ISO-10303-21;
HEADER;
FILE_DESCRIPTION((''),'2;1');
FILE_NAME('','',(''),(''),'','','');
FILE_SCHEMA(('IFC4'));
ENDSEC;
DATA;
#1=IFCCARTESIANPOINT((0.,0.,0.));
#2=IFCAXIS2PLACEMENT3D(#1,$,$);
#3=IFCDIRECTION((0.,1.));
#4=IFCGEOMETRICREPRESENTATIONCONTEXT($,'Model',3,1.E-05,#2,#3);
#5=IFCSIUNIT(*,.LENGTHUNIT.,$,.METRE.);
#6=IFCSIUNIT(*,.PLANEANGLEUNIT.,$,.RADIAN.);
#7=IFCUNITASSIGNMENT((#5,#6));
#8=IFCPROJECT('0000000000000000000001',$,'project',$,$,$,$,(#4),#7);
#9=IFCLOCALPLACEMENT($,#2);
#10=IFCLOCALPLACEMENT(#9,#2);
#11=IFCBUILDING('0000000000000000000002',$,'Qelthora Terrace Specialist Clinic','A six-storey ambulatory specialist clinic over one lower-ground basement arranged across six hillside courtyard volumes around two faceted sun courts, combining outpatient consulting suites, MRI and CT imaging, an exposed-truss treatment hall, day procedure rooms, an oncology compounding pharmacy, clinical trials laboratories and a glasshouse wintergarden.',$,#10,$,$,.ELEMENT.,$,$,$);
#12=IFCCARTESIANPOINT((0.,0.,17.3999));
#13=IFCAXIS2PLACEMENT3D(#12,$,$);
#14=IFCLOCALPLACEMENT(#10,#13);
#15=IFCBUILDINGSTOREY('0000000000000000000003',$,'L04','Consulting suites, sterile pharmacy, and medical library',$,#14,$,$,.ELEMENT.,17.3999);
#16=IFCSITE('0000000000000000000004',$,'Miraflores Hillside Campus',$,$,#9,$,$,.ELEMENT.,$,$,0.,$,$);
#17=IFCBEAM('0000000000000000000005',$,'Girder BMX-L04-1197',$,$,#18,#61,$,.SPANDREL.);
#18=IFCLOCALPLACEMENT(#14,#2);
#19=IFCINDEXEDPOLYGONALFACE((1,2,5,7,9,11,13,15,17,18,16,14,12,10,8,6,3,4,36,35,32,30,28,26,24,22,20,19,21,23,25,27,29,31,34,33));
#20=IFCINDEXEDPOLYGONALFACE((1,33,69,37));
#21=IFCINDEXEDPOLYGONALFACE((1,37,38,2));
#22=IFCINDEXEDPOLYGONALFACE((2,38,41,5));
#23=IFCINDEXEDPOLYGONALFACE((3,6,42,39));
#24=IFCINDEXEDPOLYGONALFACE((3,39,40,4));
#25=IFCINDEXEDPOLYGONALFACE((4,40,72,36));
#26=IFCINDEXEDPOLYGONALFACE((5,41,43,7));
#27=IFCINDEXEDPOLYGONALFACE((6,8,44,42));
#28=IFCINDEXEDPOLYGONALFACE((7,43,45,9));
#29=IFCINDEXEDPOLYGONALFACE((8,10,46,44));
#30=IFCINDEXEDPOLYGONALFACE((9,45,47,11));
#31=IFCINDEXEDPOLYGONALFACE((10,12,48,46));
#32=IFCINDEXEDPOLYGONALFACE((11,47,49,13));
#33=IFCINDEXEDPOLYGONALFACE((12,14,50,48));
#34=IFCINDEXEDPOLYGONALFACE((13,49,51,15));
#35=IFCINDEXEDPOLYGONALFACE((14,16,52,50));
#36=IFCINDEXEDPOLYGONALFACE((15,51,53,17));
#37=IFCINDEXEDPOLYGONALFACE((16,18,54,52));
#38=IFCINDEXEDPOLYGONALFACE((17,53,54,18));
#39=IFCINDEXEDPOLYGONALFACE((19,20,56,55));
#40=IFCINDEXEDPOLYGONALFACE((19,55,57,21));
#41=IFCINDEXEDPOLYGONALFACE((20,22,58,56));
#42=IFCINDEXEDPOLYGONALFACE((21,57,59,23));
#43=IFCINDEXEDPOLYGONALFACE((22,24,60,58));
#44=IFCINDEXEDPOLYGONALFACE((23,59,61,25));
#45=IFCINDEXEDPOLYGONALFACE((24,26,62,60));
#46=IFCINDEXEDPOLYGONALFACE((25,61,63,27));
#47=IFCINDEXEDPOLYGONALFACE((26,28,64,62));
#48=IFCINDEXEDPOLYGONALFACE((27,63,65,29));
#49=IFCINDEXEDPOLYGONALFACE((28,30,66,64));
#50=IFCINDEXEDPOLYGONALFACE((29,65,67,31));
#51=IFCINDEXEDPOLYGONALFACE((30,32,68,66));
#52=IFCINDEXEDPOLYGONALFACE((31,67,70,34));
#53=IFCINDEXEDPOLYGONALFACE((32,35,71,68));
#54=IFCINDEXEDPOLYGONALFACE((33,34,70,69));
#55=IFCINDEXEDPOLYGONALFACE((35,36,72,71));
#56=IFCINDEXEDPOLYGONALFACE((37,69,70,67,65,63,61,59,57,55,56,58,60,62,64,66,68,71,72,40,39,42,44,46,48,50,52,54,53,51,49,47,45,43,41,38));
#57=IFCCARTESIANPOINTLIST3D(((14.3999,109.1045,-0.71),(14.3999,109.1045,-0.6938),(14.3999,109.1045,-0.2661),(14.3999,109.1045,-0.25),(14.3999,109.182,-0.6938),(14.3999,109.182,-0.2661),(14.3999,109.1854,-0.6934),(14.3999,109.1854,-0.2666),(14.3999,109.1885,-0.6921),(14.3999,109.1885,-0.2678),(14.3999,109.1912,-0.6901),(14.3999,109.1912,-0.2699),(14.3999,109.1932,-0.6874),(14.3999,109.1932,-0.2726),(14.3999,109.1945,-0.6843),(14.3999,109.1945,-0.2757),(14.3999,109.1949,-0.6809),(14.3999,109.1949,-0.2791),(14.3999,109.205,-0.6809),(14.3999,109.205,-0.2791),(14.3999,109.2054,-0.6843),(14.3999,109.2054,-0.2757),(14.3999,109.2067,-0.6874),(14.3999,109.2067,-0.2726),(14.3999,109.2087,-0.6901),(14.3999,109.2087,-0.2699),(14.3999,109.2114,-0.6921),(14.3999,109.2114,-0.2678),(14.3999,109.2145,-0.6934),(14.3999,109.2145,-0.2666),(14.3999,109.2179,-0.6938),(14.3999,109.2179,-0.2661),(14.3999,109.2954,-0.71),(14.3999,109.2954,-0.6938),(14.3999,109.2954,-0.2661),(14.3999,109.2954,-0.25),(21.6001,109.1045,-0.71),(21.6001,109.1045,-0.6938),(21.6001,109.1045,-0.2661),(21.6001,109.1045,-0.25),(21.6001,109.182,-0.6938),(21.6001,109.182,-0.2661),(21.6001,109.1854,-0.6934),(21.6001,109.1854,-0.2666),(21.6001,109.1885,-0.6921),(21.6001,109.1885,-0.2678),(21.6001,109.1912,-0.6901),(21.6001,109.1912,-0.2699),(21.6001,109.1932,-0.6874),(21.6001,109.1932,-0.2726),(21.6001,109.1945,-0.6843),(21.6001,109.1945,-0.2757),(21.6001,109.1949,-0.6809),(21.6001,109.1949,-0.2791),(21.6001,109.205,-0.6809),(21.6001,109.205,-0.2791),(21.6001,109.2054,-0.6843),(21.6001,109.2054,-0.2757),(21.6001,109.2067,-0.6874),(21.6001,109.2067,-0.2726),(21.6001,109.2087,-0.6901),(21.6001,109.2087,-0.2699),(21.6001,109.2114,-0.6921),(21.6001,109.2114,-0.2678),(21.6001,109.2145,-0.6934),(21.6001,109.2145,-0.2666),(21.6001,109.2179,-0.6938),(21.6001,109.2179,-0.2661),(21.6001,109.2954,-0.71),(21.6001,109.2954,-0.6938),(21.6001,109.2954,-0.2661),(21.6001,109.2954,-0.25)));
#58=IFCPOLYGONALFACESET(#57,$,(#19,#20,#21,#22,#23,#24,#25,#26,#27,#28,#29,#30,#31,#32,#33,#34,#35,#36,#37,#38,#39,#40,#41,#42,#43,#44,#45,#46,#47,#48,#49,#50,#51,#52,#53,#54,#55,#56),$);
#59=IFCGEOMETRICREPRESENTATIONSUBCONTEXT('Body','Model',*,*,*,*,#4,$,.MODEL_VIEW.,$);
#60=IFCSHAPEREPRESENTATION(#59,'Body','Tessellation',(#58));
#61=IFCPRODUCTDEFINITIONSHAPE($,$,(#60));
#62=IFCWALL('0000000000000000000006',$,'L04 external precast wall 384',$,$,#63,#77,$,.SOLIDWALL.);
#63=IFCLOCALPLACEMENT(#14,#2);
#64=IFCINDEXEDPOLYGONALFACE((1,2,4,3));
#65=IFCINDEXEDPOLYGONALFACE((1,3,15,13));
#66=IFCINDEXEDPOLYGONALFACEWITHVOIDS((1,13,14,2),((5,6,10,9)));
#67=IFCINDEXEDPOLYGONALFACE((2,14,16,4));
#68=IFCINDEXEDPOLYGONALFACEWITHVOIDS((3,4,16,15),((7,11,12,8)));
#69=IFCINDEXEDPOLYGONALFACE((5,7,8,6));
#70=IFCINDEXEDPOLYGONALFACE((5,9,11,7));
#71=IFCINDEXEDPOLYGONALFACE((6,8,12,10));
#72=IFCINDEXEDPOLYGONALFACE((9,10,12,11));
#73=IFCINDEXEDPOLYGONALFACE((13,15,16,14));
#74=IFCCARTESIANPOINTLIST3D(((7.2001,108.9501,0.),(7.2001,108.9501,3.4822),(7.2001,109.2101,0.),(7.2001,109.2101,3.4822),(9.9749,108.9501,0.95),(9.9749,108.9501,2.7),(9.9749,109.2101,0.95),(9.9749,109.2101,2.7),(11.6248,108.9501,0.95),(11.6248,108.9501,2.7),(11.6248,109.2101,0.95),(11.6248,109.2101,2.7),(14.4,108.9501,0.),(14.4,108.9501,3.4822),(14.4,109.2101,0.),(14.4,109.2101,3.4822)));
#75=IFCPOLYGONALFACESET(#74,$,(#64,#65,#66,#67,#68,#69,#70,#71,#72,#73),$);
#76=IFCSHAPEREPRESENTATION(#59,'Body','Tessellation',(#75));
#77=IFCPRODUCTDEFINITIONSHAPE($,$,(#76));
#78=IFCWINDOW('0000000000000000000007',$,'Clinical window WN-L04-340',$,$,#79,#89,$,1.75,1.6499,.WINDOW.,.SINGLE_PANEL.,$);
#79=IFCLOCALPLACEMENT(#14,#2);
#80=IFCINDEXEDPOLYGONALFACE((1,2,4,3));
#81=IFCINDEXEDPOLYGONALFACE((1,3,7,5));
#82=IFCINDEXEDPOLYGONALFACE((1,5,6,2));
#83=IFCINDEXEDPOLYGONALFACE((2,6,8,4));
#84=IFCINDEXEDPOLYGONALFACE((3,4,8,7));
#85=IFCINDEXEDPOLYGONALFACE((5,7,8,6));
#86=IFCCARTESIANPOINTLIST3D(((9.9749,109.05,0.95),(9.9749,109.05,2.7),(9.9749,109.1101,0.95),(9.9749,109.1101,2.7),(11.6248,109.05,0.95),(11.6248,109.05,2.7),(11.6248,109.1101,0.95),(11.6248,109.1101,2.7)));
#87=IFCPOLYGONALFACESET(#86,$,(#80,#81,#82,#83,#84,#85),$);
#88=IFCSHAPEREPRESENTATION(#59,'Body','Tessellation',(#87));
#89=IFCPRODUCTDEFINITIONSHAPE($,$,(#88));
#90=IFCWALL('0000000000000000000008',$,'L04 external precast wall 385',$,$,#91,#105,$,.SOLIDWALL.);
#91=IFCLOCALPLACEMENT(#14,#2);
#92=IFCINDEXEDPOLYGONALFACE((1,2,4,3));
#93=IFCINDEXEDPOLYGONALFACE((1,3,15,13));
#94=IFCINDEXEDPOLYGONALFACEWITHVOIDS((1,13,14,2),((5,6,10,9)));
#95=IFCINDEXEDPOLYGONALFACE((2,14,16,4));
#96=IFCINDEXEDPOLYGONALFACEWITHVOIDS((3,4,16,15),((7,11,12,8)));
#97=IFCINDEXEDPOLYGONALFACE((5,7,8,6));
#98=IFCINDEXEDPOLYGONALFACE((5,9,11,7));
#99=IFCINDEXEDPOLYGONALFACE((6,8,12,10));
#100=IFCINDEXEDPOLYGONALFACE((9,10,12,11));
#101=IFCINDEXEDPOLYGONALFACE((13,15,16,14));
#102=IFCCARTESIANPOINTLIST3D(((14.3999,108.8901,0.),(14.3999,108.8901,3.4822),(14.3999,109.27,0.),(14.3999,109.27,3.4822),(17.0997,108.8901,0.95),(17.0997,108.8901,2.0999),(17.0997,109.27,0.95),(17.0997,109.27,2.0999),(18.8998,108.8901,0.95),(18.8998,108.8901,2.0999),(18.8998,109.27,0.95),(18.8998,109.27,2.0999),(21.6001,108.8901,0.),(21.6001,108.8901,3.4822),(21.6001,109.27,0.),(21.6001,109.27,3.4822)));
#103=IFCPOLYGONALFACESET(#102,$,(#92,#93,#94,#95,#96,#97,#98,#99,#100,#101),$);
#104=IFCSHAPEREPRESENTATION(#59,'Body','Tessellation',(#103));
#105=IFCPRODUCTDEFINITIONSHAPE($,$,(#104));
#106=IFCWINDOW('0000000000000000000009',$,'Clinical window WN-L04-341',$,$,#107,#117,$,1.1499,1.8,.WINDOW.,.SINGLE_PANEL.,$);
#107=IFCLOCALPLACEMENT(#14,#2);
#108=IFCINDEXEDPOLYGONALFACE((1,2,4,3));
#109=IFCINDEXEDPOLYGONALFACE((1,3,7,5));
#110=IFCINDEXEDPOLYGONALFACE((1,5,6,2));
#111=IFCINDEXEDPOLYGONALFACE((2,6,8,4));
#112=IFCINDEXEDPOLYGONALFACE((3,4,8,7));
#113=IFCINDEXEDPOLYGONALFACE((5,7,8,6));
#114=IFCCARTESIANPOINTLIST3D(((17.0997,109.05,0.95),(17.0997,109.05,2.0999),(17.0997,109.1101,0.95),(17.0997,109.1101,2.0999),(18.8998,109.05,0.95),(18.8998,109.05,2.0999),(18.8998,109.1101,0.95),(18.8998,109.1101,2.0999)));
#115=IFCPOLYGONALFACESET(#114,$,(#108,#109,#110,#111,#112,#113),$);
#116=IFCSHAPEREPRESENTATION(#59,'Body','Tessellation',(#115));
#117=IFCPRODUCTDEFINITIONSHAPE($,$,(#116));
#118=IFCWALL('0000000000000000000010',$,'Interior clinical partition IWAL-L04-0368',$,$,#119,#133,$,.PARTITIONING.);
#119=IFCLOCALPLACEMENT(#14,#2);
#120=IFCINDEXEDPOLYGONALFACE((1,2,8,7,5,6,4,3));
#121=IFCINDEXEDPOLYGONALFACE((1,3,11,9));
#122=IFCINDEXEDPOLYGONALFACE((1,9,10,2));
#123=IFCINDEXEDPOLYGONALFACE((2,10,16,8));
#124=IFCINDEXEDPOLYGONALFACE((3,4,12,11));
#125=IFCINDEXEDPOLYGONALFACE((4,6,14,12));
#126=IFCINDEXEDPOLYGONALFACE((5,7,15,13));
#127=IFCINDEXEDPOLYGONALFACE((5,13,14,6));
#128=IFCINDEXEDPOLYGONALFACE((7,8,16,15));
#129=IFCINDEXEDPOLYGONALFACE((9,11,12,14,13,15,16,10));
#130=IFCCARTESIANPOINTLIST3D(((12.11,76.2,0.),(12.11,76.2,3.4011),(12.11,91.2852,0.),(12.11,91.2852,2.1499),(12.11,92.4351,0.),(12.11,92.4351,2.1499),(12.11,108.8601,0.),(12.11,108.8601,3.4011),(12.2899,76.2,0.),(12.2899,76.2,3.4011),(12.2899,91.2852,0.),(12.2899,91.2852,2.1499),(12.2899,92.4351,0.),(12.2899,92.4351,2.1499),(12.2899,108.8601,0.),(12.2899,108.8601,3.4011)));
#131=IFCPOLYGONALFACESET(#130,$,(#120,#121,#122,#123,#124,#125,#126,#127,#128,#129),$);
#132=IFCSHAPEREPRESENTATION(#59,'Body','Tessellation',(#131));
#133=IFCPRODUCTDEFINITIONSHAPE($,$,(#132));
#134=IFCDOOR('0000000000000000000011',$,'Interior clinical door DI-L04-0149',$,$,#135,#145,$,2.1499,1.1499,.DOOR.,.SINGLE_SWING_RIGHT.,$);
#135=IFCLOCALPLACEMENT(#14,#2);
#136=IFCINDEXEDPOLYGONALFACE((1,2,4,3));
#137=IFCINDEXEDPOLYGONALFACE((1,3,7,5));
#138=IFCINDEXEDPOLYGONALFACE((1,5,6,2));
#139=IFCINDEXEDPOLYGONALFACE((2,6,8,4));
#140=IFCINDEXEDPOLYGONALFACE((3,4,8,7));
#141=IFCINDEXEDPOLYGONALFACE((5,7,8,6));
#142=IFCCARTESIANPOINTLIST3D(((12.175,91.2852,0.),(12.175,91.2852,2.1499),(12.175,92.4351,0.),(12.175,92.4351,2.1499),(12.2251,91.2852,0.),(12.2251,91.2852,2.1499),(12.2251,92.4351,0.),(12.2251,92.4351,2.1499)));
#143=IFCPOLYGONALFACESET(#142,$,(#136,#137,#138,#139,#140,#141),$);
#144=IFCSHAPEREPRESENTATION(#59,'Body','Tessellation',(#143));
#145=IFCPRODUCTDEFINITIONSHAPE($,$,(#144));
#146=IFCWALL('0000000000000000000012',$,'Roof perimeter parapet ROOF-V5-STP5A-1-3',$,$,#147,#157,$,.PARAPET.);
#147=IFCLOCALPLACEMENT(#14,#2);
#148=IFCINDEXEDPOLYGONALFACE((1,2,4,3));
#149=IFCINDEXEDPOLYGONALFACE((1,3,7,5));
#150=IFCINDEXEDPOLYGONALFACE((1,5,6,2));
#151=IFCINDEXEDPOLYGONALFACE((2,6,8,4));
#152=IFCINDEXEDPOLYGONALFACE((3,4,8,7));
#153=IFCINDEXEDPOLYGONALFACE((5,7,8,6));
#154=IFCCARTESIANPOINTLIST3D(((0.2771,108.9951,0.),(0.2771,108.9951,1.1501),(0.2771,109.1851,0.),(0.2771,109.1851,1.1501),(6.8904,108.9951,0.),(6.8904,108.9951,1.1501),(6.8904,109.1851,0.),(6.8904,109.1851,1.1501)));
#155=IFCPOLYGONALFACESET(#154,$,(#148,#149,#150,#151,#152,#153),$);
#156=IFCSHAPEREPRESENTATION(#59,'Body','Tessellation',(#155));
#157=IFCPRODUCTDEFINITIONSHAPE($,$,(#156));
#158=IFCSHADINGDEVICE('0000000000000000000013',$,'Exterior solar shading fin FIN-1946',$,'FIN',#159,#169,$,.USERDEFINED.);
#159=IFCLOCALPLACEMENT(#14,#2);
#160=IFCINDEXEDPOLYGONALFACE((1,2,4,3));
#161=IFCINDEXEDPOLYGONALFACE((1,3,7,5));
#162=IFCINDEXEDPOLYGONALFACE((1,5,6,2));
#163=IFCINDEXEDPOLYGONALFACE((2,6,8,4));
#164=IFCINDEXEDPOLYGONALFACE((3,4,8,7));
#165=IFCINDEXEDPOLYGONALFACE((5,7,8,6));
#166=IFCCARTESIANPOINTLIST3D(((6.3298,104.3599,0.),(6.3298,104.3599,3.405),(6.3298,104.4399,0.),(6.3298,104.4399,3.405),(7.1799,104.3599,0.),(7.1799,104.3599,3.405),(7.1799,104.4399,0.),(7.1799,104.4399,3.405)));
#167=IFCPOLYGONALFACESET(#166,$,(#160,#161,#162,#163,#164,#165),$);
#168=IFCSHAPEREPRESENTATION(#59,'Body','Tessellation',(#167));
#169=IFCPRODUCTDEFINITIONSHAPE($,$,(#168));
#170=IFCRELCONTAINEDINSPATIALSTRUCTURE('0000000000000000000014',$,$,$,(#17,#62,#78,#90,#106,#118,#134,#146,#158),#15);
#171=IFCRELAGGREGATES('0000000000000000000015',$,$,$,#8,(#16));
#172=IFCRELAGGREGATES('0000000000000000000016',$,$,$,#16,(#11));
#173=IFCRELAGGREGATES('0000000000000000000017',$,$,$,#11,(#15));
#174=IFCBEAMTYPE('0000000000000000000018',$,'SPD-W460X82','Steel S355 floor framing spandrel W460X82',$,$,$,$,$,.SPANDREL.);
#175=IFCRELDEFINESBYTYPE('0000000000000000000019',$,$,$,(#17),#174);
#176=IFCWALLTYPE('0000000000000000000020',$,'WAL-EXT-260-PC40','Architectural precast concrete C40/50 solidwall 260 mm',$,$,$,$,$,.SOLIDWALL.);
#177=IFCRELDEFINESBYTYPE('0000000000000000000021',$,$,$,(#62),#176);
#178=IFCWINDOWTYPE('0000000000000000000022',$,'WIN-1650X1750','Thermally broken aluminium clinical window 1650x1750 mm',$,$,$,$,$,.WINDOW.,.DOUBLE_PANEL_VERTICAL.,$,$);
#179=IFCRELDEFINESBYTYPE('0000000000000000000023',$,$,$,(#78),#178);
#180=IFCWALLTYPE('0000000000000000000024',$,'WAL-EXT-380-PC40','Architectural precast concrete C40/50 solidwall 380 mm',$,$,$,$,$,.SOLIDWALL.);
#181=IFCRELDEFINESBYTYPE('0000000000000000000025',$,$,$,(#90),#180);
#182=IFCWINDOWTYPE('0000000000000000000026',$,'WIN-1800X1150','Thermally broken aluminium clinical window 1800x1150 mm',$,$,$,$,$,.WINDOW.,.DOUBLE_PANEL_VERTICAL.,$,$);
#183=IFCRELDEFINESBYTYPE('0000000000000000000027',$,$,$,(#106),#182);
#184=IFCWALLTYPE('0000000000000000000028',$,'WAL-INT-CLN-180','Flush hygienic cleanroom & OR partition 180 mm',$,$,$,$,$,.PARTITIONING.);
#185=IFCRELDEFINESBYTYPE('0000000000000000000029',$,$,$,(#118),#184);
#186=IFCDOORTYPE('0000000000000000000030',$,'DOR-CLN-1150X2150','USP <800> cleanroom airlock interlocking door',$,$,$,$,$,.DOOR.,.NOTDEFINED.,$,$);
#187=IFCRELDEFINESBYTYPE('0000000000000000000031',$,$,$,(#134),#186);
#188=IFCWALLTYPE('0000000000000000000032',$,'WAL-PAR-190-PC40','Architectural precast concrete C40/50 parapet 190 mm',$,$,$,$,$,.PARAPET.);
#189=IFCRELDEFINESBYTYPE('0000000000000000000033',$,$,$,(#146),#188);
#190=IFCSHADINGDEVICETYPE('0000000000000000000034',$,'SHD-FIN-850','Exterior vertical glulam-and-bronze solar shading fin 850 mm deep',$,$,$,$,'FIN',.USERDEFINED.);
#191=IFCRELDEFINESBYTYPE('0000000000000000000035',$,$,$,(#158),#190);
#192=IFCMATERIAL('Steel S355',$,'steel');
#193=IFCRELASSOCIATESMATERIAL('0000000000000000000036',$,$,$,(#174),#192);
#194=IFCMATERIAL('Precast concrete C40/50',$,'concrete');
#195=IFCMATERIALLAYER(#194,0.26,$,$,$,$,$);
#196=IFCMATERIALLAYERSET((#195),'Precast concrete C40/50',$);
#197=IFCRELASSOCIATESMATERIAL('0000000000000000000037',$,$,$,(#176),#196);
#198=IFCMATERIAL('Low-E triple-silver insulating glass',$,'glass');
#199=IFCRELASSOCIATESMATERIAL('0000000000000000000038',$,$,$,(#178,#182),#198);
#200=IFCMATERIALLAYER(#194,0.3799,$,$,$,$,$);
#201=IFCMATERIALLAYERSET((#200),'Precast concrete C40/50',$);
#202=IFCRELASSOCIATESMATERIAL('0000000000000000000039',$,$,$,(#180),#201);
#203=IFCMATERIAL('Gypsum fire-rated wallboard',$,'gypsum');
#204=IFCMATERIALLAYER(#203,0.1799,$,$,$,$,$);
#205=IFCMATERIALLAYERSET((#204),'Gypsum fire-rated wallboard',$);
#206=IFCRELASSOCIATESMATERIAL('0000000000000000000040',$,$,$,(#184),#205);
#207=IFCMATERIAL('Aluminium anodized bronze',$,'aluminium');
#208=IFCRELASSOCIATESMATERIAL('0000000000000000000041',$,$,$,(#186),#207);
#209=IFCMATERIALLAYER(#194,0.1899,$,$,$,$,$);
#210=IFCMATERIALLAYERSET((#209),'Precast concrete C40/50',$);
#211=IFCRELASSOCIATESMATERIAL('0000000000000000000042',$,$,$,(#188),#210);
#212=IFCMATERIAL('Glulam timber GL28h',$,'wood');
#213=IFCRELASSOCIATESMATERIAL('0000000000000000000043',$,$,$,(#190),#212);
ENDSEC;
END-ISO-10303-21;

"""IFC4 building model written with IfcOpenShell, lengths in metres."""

from ifc_helpers import new_model, si_unit, direction, frame, frame_2d, origin, origin_2d, place, context, subcontext, project, spatial, rectangle, i_section, extrude, material, layer, layer_set, material_profile, profile_set, type_object, element, fill, save


model = new_model("IFC4")

# Units and contexts
model_context = context("Model", 3, precision=1e-05, world=origin(), true_north=direction((0.0, 1.0)))
body_context = subcontext(model_context, "Body", "Model", "MODEL_VIEW")
ifc_project = project(units=[si_unit("LENGTHUNIT", "METRE"), si_unit("PLANEANGLEUNIT", "RADIAN")], contexts=[model_context])

# Site, building, storey
site_placement = place(None, origin())
site = spatial("IfcSite", under=ifc_project, at=site_placement, Name="Miraflores Hillside Campus", CompositionType="ELEMENT", RefElevation=0.0)
building_placement = place(site_placement, origin())
building = spatial("IfcBuilding", under=site, at=building_placement, Name="Qelthora Terrace Specialist Clinic", Description="A six-storey ambulatory specialist clinic over one lower-ground basement arranged across six hillside courtyard volumes around two faceted sun courts, combining outpatient consulting suites, MRI and CT imaging, an exposed-truss treatment hall, day procedure rooms, an oncology compounding pharmacy, clinical trials laboratories and a glasshouse wintergarden.", CompositionType="ELEMENT")
storey_placement = place(building_placement, frame((0.0, 0.0, 17.3999)))
storey = spatial("IfcBuildingStorey", under=building, at=storey_placement, Name="L04", Description="Consulting suites, sterile pharmacy, and medical library", CompositionType="ELEMENT", Elevation=17.3999)

# Shared definitions
ifc_material_1 = material(Name="Steel S355", Category="steel")

# Beam
ifc_material_profile_1 = material_profile(ifc_material_1, i_section(OverallWidth=0.1909, OverallDepth=0.46, WebThickness=0.01, FlangeThickness=0.0161, FilletRadius=0.0129, at=origin_2d()), Name="W460X82")
ifc_profile_set_1 = profile_set([ifc_material_profile_1], Name="Steel S355")
beam_type = type_object("IfcBeamType", Name="SPD-W460X82", Description="Steel S355 floor framing spandrel W460X82", PredefinedType="SPANDREL", material=ifc_profile_set_1)
beam_placement = place(storey_placement, frame((14.3999, 109.2, -0.48), z_axis=(1.0, 0.0, 0.0), x_axis=(0.0, 1.0, 0.0)))
element("IfcBeam", 1, at=beam_placement, inside=storey, type_object=beam_type, Name="Girder BMX-L04-1197", PredefinedType="SPANDREL", context=body_context, shape_type="SweptSolid", body=[
    extrude(i_section(OverallWidth=0.1909, OverallDepth=0.46, WebThickness=0.01, FlangeThickness=0.0161, FilletRadius=0.0129, at=origin_2d()), origin(), (0.0, 0.0, 1.0), 7.2002),
])

# Walls, openings, windows
ifc_material_2 = material(Name="Precast concrete C40/50", Category="concrete")
ifc_layer_1 = layer(ifc_material_2, 0.26)
ifc_layer_set_1 = layer_set([ifc_layer_1], Name="Precast concrete C40/50")
wall_type_1 = type_object("IfcWallType", Name="WAL-EXT-260-PC40", Description="Architectural precast concrete C40/50 solidwall 260 mm", PredefinedType="SOLIDWALL", material=ifc_layer_set_1)
wall_1_placement = place(storey_placement, frame((7.2, 109.0801, 0.0), z_axis=(0.0, 0.0, 1.0), x_axis=(1.0, 0.0, 0.0)))
wall_1 = element("IfcWall", 2, at=wall_1_placement, inside=storey, type_object=wall_type_1, Name="L04 external precast wall 384", PredefinedType="SOLIDWALL", context=body_context, shape_type="SweptSolid", body=[
    extrude(rectangle(XDim=7.2, YDim=0.26, at=frame_2d((3.6001, 0.0))), origin(), (0.0, 0.0, 1.0), 3.4822),
])
opening_1_placement = place(wall_1_placement, frame((2.7749, 0.0, 0.95)))
opening_1 = element("IfcOpeningElement", 3, at=opening_1_placement, cuts=wall_1, PredefinedType="OPENING", context=body_context, shape_type="SweptSolid", body=[
    extrude(rectangle(XDim=1.6499, YDim=1.75, at=frame_2d((0.825, 0.875))), frame((0.0, 0.1399, 0.0), z_axis=(0.0, -1.0, 0.0), x_axis=(1.0, 0.0, 0.0)), (0.0, 0.0, 1.0), 0.28),
])
ifc_material_3 = material(Name="Low-E triple-silver insulating glass", Category="glass")
window_type_1 = type_object("IfcWindowType", Name="WIN-1650X1750", Description="Thermally broken aluminium clinical window 1650x1750 mm", PartitioningType="DOUBLE_PANEL_VERTICAL", PredefinedType="WINDOW", material=ifc_material_3)
window_1_placement = place(opening_1_placement, origin())
window_1 = element("IfcWindow", 4, at=window_1_placement, inside=storey, type_object=window_type_1, Name="Clinical window WN-L04-340", OverallHeight=1.75, OverallWidth=1.6499, PartitioningType="SINGLE_PANEL", PredefinedType="WINDOW", context=body_context, shape_type="SweptSolid", body=[
    extrude(rectangle(XDim=1.6499, YDim=1.75, at=frame_2d((0.825, 0.875))), frame((0.0, 0.03, 0.0), z_axis=(0.0, -1.0, 0.0), x_axis=(1.0, 0.0, 0.0)), (0.0, 0.0, 1.0), 0.0601),
])
fill(opening_1, window_1)
ifc_layer_2 = layer(ifc_material_2, 0.3799)
ifc_layer_set_2 = layer_set([ifc_layer_2], Name="Precast concrete C40/50")
wall_type_2 = type_object("IfcWallType", Name="WAL-EXT-380-PC40", Description="Architectural precast concrete C40/50 solidwall 380 mm", PredefinedType="SOLIDWALL", material=ifc_layer_set_2)
wall_2_placement = place(storey_placement, frame((14.3999, 109.0801, 0.0), z_axis=(0.0, 0.0, 1.0), x_axis=(1.0, 0.0, 0.0)))
wall_2 = element("IfcWall", 5, at=wall_2_placement, inside=storey, type_object=wall_type_2, Name="L04 external precast wall 385", PredefinedType="SOLIDWALL", context=body_context, shape_type="SweptSolid", body=[
    extrude(rectangle(XDim=7.2002, YDim=0.3799, at=frame_2d((3.6001, 0.0))), origin(), (0.0, 0.0, 1.0), 3.4822),
])
opening_2_placement = place(wall_2_placement, frame((2.7, 0.0, 0.95)))
opening_2 = element("IfcOpeningElement", 6, at=opening_2_placement, cuts=wall_2, PredefinedType="OPENING", context=body_context, shape_type="SweptSolid", body=[
    extrude(rectangle(XDim=1.8, YDim=1.1499, at=frame_2d((0.8999, 0.575))), frame((0.0, 0.2, 0.0), z_axis=(0.0, -1.0, 0.0), x_axis=(1.0, 0.0, 0.0)), (0.0, 0.0, 1.0), 0.3999),
])
window_type_2 = type_object("IfcWindowType", Name="WIN-1800X1150", Description="Thermally broken aluminium clinical window 1800x1150 mm", PartitioningType="DOUBLE_PANEL_VERTICAL", PredefinedType="WINDOW", material=ifc_material_3)
window_2_placement = place(opening_2_placement, origin())
window_2 = element("IfcWindow", 7, at=window_2_placement, inside=storey, type_object=window_type_2, Name="Clinical window WN-L04-341", OverallHeight=1.1499, OverallWidth=1.8, PartitioningType="SINGLE_PANEL", PredefinedType="WINDOW", context=body_context, shape_type="SweptSolid", body=[
    extrude(rectangle(XDim=1.8, YDim=1.1499, at=frame_2d((0.8999, 0.575))), frame((0.0, 0.03, 0.0), z_axis=(0.0, -1.0, 0.0), x_axis=(1.0, 0.0, 0.0)), (0.0, 0.0, 1.0), 0.0601),
])
fill(opening_2, window_2)

# Wall, opening, door
ifc_material_4 = material(Name="Gypsum fire-rated wallboard", Category="gypsum")
ifc_layer_3 = layer(ifc_material_4, 0.1799)
ifc_layer_set_3 = layer_set([ifc_layer_3], Name="Gypsum fire-rated wallboard")
wall_type_3 = type_object("IfcWallType", Name="WAL-INT-CLN-180", Description="Flush hygienic cleanroom & OR partition 180 mm", PredefinedType="PARTITIONING", material=ifc_layer_set_3)
wall_3_placement = place(storey_placement, frame((12.2, 108.8601, 0.0), z_axis=(0.0, 0.0, 1.0), x_axis=(0.0, -1.0, 0.0)))
wall_3 = element("IfcWall", 8, at=wall_3_placement, inside=storey, type_object=wall_type_3, Name="Interior clinical partition IWAL-L04-0368", PredefinedType="PARTITIONING", context=body_context, shape_type="SweptSolid", body=[
    extrude(rectangle(XDim=32.6602, YDim=0.1799, at=frame_2d((16.3301, 0.0))), origin(), (0.0, 0.0, 1.0), 3.4011),
])
opening_3_placement = place(wall_3_placement, frame((16.425, 0.0, 0.0)))
opening_3 = element("IfcOpeningElement", 9, at=opening_3_placement, cuts=wall_3, PredefinedType="OPENING", context=body_context, shape_type="SweptSolid", body=[
    extrude(rectangle(XDim=1.1499, YDim=2.1499, at=frame_2d((0.575, 1.075))), frame((0.0, 0.0999, 0.0), z_axis=(0.0, -1.0, 0.0), x_axis=(1.0, 0.0, 0.0)), (0.0, 0.0, 1.0), 0.2),
])
ifc_material_5 = material(Name="Aluminium anodized bronze", Category="aluminium")
door_type = type_object("IfcDoorType", Name="DOR-CLN-1150X2150", Description="USP <800> cleanroom airlock interlocking door", OperationType="NOTDEFINED", PredefinedType="DOOR", material=ifc_material_5)
door_placement = place(opening_3_placement, frame((1.1499, 0.0, 0.0), z_axis=(0.0, 0.0, 1.0), x_axis=(-1.0, 0.0, 0.0)))
door = element("IfcDoor", 10, at=door_placement, inside=storey, type_object=door_type, Name="Interior clinical door DI-L04-0149", OperationType="SINGLE_SWING_RIGHT", OverallHeight=2.1499, OverallWidth=1.1499, PredefinedType="DOOR", context=body_context, shape_type="SweptSolid", body=[
    extrude(rectangle(XDim=1.1499, YDim=2.1499, at=frame_2d((0.575, 1.075))), frame((0.0, 0.0249, 0.0), z_axis=(0.0, -1.0, 0.0), x_axis=(1.0, 0.0, 0.0)), (0.0, 0.0, 1.0), 0.05),
])
fill(opening_3, door)

# Wall
ifc_layer_4 = layer(ifc_material_2, 0.1899)
ifc_layer_set_4 = layer_set([ifc_layer_4], Name="Precast concrete C40/50")
wall_type_4 = type_object("IfcWallType", Name="WAL-PAR-190-PC40", Description="Architectural precast concrete C40/50 parapet 190 mm", PredefinedType="PARAPET", material=ifc_layer_set_4)
wall_4_placement = place(storey_placement, frame((0.2771, 109.0901, 0.0), z_axis=(0.0, 0.0, 1.0), x_axis=(1.0, 0.0, 0.0)))
element("IfcWall", 11, at=wall_4_placement, inside=storey, type_object=wall_type_4, Name="Roof perimeter parapet ROOF-V5-STP5A-1-3", PredefinedType="PARAPET", context=body_context, shape_type="SweptSolid", body=[
    extrude(rectangle(XDim=6.6133, YDim=0.1899, at=frame_2d((3.3066, 0.0))), origin(), (0.0, 0.0, 1.0), 1.1501),
])

# Shading device
ifc_material_6 = material(Name="Glulam timber GL28h", Category="wood")
shading_device_type = type_object("IfcShadingDeviceType", Name="SHD-FIN-850", Description="Exterior vertical glulam-and-bronze solar shading fin 850 mm deep", ElementType="FIN", PredefinedType="USERDEFINED", material=ifc_material_6)
for number, where, z_axis, x_axis, name in (
    (12, (6.7549, 104.3999, 0.0), (0.0, 0.0, 1.0), (-1.0, 0.0, 0.0), "Exterior solar shading fin FIN-1946"),
):
    element("IfcShadingDevice", number, at=place(storey_placement, frame(where, z_axis=z_axis, x_axis=x_axis)), inside=storey, type_object=shading_device_type, Name=name, ObjectType="FIN", PredefinedType="USERDEFINED", context=body_context, shape_type="SweptSolid", body=[
        extrude(rectangle(XDim=0.8501, YDim=0.0801, at=origin_2d()), origin(), (0.0, 0.0, 1.0), 3.405),
    ])

save(model, "model.ifc")
